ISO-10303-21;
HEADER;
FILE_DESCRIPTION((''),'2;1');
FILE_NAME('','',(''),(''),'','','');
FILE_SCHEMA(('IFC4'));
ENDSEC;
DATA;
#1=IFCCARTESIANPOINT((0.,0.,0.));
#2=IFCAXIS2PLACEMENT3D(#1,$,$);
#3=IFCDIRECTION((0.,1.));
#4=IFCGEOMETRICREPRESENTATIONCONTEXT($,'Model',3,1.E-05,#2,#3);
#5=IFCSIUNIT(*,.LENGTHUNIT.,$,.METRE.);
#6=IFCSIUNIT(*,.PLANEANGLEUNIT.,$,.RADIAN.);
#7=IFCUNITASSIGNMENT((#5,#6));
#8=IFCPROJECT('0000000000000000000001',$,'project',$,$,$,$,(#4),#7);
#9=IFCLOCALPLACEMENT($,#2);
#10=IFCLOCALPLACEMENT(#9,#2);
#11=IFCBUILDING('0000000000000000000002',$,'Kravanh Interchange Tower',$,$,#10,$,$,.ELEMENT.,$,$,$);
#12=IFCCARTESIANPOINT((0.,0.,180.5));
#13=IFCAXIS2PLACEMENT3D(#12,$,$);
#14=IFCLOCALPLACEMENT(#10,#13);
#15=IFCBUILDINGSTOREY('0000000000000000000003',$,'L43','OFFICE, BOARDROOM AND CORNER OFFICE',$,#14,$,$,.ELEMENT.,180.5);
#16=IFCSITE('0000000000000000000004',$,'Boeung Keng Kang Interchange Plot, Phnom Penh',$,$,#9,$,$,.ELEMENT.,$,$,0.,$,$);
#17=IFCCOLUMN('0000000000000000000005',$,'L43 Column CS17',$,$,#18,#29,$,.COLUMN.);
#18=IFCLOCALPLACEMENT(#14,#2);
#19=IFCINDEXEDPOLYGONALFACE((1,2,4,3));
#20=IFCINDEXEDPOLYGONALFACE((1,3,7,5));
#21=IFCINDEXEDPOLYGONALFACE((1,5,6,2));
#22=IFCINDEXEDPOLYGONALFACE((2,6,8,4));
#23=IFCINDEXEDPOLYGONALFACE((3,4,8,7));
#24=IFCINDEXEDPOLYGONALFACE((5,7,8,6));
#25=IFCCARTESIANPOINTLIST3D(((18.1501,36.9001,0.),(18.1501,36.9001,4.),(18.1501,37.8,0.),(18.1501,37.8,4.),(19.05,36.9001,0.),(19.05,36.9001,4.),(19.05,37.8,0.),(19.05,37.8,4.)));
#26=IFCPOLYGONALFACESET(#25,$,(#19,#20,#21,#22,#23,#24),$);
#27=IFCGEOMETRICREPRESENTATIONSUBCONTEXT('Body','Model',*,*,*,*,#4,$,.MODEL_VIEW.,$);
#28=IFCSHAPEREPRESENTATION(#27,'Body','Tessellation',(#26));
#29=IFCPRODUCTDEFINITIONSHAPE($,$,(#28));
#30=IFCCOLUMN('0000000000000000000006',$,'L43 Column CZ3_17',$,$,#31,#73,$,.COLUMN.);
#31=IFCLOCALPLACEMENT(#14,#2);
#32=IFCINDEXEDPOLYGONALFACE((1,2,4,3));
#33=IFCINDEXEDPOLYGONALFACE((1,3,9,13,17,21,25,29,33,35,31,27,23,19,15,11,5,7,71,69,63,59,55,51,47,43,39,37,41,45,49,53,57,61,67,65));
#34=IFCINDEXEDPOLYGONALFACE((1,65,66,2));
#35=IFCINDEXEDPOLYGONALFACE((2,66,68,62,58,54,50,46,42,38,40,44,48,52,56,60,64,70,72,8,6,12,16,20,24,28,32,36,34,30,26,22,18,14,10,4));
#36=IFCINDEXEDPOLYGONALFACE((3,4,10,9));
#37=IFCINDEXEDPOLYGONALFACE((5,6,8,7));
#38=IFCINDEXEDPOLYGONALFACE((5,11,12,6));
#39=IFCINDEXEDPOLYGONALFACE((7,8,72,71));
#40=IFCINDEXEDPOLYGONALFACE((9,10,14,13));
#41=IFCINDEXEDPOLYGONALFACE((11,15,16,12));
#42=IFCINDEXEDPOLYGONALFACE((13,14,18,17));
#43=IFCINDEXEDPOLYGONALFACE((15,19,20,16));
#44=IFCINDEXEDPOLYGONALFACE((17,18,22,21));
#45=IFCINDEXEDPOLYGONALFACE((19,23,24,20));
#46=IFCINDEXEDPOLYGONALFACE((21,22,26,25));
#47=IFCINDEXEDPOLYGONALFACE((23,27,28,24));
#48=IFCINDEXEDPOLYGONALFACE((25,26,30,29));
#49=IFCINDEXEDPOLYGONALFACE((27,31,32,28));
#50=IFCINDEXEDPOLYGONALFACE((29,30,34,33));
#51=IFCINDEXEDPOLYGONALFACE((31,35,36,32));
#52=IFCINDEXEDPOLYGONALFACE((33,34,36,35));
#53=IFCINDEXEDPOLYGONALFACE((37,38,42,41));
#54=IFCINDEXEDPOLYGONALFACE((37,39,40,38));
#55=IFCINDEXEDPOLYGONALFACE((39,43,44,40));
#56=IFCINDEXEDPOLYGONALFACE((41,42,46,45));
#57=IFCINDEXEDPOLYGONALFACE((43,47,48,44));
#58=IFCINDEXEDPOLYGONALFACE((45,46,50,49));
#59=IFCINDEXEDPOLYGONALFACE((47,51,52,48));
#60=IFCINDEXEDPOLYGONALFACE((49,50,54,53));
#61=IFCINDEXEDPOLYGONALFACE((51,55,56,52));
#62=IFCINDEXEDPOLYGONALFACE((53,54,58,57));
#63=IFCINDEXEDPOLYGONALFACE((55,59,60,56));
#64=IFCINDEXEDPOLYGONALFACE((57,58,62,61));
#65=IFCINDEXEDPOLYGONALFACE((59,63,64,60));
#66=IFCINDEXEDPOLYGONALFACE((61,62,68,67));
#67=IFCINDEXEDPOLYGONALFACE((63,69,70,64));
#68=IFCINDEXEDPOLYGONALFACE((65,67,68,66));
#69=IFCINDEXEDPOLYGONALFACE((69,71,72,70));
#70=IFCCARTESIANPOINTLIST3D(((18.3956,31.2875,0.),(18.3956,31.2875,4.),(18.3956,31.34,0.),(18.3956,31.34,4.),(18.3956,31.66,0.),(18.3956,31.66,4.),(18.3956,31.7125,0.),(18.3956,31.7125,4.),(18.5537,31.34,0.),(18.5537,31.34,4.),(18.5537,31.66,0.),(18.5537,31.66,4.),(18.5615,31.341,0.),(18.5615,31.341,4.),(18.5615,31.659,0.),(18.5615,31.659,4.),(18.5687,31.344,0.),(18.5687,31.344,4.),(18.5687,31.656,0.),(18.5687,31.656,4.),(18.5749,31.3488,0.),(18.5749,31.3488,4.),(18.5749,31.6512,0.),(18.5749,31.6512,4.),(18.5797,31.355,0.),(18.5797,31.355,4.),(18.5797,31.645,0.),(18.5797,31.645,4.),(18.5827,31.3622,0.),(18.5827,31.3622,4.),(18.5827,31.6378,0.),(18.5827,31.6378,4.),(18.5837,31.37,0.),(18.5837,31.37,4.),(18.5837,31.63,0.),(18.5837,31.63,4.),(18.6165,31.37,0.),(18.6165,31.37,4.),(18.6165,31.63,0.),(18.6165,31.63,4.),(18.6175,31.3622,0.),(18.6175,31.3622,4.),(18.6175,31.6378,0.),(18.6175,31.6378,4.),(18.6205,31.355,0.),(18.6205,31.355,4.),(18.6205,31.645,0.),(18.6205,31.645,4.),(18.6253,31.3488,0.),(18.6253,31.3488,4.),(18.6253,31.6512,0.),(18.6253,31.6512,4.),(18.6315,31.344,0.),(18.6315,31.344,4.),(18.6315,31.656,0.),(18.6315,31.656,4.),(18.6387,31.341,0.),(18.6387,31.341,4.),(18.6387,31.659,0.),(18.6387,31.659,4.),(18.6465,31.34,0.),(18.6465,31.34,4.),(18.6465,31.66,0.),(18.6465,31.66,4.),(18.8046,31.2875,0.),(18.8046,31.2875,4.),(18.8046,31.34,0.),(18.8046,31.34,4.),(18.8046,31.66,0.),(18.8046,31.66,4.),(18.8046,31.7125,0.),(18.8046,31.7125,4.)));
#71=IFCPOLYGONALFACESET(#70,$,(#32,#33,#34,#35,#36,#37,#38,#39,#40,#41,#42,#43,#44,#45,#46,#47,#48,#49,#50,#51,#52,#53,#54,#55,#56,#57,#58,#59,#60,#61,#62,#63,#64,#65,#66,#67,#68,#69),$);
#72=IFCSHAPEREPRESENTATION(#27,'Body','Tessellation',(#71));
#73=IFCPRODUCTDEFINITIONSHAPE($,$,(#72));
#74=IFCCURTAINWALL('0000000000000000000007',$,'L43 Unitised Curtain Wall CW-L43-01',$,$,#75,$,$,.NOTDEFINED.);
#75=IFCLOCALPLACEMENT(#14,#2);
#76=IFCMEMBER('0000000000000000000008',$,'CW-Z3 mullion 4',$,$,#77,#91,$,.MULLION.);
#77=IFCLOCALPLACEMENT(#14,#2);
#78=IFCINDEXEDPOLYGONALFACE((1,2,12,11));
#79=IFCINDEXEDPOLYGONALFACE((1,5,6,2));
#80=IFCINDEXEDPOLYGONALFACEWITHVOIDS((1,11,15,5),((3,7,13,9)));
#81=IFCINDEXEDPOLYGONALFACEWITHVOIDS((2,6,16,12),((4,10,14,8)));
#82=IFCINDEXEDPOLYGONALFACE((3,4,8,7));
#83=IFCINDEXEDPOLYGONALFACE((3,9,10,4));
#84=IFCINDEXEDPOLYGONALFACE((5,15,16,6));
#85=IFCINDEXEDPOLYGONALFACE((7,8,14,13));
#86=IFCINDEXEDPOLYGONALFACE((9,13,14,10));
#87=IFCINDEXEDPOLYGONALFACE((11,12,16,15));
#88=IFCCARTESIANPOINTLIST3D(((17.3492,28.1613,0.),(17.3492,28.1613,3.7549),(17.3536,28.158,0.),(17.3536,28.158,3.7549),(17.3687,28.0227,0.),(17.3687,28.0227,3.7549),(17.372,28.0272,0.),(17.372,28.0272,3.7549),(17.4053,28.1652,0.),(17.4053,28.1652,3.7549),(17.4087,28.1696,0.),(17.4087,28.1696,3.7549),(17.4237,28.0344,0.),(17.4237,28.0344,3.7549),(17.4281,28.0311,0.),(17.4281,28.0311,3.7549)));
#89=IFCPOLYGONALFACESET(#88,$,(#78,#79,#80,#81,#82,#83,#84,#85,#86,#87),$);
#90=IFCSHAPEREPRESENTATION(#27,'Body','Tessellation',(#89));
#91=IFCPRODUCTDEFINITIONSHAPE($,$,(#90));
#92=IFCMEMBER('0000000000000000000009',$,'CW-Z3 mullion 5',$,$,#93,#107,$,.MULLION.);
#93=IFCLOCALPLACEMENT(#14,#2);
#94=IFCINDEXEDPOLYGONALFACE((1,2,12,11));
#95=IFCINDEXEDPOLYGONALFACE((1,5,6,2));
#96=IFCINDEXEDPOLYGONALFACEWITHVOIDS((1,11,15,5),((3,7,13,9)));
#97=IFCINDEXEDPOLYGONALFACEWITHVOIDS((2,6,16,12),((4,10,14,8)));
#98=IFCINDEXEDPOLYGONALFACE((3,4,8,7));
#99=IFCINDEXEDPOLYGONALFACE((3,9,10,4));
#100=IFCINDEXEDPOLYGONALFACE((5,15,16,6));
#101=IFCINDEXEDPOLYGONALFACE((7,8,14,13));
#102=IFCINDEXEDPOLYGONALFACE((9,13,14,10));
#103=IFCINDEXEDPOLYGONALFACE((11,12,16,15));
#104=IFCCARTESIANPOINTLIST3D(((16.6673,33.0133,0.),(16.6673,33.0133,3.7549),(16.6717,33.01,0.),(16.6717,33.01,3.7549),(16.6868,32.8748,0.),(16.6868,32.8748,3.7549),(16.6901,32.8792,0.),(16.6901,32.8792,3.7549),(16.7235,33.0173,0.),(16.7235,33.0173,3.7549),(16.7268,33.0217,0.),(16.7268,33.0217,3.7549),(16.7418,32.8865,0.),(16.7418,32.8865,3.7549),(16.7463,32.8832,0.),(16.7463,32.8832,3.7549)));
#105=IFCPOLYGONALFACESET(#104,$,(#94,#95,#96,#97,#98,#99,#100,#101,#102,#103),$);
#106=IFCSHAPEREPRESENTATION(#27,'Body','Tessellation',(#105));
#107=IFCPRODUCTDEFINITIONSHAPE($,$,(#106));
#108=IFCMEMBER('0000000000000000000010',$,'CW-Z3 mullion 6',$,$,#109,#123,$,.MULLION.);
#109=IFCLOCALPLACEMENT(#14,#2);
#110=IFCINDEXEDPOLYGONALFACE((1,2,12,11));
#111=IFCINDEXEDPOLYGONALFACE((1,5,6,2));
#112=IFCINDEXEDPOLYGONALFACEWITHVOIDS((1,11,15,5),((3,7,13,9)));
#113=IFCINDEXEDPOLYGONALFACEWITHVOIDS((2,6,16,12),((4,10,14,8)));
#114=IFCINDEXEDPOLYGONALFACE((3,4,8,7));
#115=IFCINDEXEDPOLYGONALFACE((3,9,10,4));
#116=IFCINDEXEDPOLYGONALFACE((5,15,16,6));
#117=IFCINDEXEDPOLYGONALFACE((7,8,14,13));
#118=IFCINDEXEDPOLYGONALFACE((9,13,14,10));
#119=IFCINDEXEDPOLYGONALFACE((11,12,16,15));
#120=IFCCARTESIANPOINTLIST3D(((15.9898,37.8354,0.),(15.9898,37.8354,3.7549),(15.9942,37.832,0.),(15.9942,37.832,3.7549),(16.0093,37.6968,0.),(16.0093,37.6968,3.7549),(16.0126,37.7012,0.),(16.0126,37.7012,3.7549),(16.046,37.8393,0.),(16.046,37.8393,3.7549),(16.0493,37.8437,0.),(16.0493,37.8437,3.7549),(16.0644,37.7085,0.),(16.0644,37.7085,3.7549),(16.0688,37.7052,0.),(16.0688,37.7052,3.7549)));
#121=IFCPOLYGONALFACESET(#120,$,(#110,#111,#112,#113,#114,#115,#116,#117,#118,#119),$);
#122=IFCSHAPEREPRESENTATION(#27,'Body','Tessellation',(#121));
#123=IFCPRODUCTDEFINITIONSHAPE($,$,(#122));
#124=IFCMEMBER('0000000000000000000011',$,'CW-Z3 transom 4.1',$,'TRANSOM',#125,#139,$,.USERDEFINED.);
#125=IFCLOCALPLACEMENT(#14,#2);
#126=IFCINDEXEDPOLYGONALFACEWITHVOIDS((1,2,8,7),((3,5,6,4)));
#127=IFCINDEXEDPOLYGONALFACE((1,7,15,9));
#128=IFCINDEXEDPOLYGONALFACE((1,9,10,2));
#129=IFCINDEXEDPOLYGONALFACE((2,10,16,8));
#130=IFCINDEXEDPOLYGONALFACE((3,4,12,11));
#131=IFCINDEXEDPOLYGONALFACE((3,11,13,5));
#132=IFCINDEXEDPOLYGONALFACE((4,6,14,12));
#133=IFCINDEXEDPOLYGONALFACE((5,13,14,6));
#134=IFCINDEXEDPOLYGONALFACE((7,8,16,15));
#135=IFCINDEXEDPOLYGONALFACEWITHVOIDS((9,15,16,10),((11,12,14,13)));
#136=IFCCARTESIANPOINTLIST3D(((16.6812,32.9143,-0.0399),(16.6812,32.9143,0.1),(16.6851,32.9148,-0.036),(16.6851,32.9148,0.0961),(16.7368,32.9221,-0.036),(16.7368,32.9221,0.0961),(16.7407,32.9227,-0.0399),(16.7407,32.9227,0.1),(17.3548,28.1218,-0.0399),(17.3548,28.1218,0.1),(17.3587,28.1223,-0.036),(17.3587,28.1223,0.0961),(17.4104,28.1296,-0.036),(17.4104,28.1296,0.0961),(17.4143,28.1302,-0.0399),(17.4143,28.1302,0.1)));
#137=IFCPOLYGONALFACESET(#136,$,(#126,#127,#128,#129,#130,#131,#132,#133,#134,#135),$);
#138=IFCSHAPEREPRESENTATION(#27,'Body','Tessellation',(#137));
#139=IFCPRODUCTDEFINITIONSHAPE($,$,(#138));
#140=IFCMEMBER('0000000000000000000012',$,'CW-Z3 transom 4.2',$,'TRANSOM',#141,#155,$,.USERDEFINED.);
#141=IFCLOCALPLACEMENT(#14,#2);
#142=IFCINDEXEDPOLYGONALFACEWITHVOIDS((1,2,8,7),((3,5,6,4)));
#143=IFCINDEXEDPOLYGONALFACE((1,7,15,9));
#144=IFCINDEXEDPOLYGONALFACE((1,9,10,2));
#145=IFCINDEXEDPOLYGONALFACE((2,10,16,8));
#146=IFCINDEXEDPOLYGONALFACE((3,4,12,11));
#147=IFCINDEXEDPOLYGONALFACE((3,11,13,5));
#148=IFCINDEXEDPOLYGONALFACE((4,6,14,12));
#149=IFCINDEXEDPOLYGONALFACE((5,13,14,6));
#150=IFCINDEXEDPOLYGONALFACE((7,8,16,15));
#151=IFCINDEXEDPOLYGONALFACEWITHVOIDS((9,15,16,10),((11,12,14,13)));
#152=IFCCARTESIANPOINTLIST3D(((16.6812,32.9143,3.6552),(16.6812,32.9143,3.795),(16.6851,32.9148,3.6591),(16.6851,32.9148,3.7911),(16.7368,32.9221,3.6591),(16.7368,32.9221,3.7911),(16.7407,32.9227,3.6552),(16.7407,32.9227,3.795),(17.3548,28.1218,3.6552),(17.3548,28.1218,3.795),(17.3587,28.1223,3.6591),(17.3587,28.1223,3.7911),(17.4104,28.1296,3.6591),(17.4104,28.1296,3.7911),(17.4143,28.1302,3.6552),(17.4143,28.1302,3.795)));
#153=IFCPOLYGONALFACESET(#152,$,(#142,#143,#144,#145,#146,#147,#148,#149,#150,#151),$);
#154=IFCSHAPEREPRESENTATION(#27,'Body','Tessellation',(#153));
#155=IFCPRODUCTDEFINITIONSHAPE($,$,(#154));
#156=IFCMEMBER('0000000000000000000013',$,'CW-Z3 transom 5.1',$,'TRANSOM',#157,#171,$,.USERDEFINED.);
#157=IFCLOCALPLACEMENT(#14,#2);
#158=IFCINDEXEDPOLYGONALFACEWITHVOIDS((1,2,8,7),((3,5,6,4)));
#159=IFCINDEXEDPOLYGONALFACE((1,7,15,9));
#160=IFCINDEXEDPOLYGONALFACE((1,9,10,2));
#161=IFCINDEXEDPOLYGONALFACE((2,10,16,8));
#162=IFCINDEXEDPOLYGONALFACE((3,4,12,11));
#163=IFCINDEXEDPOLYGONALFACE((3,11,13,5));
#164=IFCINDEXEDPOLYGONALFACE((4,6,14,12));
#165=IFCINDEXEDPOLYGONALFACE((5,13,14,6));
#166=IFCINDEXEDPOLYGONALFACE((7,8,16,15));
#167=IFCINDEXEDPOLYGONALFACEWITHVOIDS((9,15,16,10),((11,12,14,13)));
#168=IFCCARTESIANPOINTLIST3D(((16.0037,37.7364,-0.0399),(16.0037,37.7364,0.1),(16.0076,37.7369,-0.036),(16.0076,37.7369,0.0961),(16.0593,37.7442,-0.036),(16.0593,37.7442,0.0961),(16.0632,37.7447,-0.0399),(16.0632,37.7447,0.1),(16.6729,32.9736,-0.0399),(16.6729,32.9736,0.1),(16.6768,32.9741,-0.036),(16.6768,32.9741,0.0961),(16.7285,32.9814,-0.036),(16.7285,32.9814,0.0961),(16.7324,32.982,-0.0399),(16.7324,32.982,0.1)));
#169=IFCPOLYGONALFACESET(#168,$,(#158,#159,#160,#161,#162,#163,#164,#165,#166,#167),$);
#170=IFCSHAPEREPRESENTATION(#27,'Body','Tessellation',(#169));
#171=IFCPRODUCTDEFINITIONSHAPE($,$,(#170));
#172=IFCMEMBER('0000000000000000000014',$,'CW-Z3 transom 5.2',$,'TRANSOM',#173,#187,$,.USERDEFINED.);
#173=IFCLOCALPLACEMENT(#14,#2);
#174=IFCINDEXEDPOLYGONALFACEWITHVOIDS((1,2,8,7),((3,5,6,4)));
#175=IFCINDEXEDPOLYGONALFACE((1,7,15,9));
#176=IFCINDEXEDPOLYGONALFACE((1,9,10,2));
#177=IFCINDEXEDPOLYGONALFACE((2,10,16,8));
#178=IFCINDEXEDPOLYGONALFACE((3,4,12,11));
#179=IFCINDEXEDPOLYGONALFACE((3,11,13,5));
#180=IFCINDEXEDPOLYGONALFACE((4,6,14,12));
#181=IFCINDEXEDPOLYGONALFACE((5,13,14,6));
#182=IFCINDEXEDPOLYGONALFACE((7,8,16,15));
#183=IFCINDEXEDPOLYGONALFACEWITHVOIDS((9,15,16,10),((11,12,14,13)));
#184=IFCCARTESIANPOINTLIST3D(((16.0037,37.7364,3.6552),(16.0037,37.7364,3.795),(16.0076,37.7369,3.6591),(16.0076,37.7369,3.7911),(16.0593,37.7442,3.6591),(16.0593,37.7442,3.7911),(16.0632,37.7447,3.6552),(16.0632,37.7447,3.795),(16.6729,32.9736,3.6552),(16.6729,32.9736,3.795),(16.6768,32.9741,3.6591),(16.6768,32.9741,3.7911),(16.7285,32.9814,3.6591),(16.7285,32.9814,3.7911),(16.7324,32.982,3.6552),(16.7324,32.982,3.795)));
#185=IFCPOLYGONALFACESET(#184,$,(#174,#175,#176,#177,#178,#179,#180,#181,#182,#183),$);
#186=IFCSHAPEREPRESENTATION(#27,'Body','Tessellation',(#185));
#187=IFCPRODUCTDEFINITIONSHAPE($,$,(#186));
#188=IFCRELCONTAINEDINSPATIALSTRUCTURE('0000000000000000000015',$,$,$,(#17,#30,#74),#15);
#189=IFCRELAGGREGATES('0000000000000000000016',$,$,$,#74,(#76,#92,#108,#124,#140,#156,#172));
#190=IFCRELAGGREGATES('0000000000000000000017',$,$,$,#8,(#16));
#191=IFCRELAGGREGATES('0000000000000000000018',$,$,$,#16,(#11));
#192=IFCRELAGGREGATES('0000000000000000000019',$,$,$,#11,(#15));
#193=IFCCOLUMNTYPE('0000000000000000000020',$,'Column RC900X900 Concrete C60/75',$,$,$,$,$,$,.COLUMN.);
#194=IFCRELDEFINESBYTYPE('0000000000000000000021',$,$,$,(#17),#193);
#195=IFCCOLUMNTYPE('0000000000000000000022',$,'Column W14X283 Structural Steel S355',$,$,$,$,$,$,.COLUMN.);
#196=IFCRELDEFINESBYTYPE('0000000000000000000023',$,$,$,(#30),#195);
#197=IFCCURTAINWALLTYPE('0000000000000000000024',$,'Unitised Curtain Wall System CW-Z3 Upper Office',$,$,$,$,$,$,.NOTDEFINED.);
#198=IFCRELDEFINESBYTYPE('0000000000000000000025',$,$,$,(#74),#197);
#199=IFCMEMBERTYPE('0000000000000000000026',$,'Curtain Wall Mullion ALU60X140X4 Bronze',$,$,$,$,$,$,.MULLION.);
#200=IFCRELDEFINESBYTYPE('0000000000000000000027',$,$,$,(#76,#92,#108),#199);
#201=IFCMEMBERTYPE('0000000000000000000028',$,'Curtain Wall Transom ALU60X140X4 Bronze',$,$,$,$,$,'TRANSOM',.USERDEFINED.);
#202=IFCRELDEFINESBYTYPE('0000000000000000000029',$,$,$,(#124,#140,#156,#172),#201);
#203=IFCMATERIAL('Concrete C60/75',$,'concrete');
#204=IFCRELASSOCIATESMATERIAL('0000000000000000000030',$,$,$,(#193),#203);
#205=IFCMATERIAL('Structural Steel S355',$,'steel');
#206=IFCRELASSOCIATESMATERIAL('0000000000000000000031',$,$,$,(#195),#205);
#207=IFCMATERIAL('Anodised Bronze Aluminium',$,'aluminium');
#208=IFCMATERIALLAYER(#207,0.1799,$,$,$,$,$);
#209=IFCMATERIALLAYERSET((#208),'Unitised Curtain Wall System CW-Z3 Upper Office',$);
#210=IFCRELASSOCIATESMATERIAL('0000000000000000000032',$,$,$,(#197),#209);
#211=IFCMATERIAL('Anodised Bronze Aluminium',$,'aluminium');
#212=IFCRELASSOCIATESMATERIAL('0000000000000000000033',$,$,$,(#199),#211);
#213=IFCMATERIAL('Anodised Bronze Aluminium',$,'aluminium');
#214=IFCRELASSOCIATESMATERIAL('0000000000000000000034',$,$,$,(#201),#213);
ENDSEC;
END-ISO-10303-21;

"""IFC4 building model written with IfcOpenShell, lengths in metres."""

from ifc_helpers import new_model, si_unit, direction, frame, origin, origin_2d, place, context, subcontext, project, spatial, rectangle, hollow_rectangle, i_section, extrude, material, layer, layer_set, material_profile, profile_set, type_object, element, aggregate, save


model = new_model("IFC4")

# Units and contexts
model_context = context("Model", 3, precision=1e-05, world=origin(), true_north=direction((0.0, 1.0)))
body_context = subcontext(model_context, "Body", "Model", "MODEL_VIEW")
ifc_project = project(units=[si_unit("LENGTHUNIT", "METRE"), si_unit("PLANEANGLEUNIT", "RADIAN")], contexts=[model_context])

# Site, building, storey
site_placement = place(None, origin())
site = spatial("IfcSite", under=ifc_project, at=site_placement, Name="Boeung Keng Kang Interchange Plot, Phnom Penh", CompositionType="ELEMENT", RefElevation=0.0)
building_placement = place(site_placement, origin())
building = spatial("IfcBuilding", under=site, at=building_placement, Name="Kravanh Interchange Tower", CompositionType="ELEMENT")
storey_placement = place(building_placement, frame((0.0, 0.0, 180.5)))
storey = spatial("IfcBuildingStorey", under=building, at=storey_placement, Name="L43", Description="OFFICE, BOARDROOM AND CORNER OFFICE", CompositionType="ELEMENT", Elevation=180.5)

# Columns
ifc_material_1 = material(Name="Concrete C60/75", Category="concrete")
ifc_material_profile_1 = material_profile(ifc_material_1, rectangle(XDim=0.8999, YDim=0.8999, at=origin_2d()), Name="RC900X900")
ifc_profile_set_1 = profile_set([ifc_material_profile_1], Name="Concrete C60/75")
column_type_1 = type_object("IfcColumnType", Name="Column RC900X900 Concrete C60/75", PredefinedType="COLUMN", material=ifc_profile_set_1)
column_1_placement = place(storey_placement, frame((18.6001, 37.3501, 0.0), z_axis=(0.0, 0.0, 1.0), x_axis=(1.0, 0.0, 0.0)))
element("IfcColumn", 1, at=column_1_placement, inside=storey, type_object=column_type_1, Name="L43 Column CS17", PredefinedType="COLUMN", context=body_context, shape_type="SweptSolid", body=[
    extrude(rectangle(XDim=0.8999, YDim=0.8999, at=origin_2d()), origin(), (0.0, 0.0, 1.0), 4.0),
])
ifc_material_2 = material(Name="Structural Steel S355", Category="steel")
ifc_material_profile_2 = material_profile(ifc_material_2, i_section(OverallWidth=0.4089, OverallDepth=0.425, WebThickness=0.0327, FlangeThickness=0.0525, FilletRadius=0.03, at=origin_2d()), Name="W14X283")
ifc_profile_set_2 = profile_set([ifc_material_profile_2], Name="Structural Steel S355")
column_type_2 = type_object("IfcColumnType", Name="Column W14X283 Structural Steel S355", PredefinedType="COLUMN", material=ifc_profile_set_2)
column_2_placement = place(storey_placement, frame((18.6001, 31.5, 0.0), z_axis=(0.0, 0.0, 1.0), x_axis=(1.0, 0.0, 0.0)))
element("IfcColumn", 2, at=column_2_placement, inside=storey, type_object=column_type_2, Name="L43 Column CZ3_17", PredefinedType="COLUMN", context=body_context, shape_type="SweptSolid", body=[
    extrude(i_section(OverallWidth=0.4089, OverallDepth=0.425, WebThickness=0.0327, FlangeThickness=0.0525, FilletRadius=0.03, at=origin_2d()), origin(), (0.0, 0.0, 1.0), 4.0),
])

# Curtain wall, members
ifc_material_3 = material(Name="Anodised Bronze Aluminium", Category="aluminium")
ifc_layer_1 = layer(ifc_material_3, 0.1799)
ifc_layer_set_1 = layer_set([ifc_layer_1], Name="Unitised Curtain Wall System CW-Z3 Upper Office")
curtain_wall_type = type_object("IfcCurtainWallType", Name="Unitised Curtain Wall System CW-Z3 Upper Office", PredefinedType="NOTDEFINED", material=ifc_layer_set_1)
curtain_wall_placement = place(storey_placement, origin())
curtain_wall = element("IfcCurtainWall", 3, at=curtain_wall_placement, inside=storey, type_object=curtain_wall_type, Name="L43 Unitised Curtain Wall CW-L43-01", PredefinedType="NOTDEFINED")
ifc_material_4 = material(Name="Anodised Bronze Aluminium", Category="aluminium")
ifc_material_profile_3 = material_profile(ifc_material_4, hollow_rectangle(XDim=0.0601, YDim=0.1399, WallThickness=0.0039, at=origin_2d()), Name="ALU60X140X4")
ifc_profile_set_3 = profile_set([ifc_material_profile_3], Name="Anodised Bronze Aluminium")
member_type_1 = type_object("IfcMemberType", Name="Curtain Wall Mullion ALU60X140X4 Bronze", PredefinedType="MULLION", material=ifc_profile_set_3)
member_1_placement = place(storey_placement, frame((17.3887, 28.0962, 0.0), z_axis=(0.0, 0.0, 1.0), x_axis=(-0.990268, -0.139172, 0.0)))
member_1 = element("IfcMember", 4, at=member_1_placement, type_object=member_type_1, Name="CW-Z3 mullion 4", PredefinedType="MULLION", context=body_context, shape_type="SweptSolid", body=[
    extrude(hollow_rectangle(XDim=0.0601, YDim=0.1399, WallThickness=0.0039, at=origin_2d()), origin(), (0.0, 0.0, 1.0), 3.7549),
])
member_2_placement = place(storey_placement, frame((16.7068, 32.9482, 0.0), z_axis=(0.0, 0.0, 1.0), x_axis=(-0.990268, -0.139172, 0.0)))
member_2 = element("IfcMember", 5, at=member_2_placement, type_object=member_type_1, Name="CW-Z3 mullion 5", PredefinedType="MULLION", context=body_context, shape_type="SweptSolid", body=[
    extrude(hollow_rectangle(XDim=0.0601, YDim=0.1399, WallThickness=0.0039, at=origin_2d()), origin(), (0.0, 0.0, 1.0), 3.7549),
])
member_3_placement = place(storey_placement, frame((16.0293, 37.7703, 0.0), z_axis=(0.0, 0.0, 1.0), x_axis=(-0.990268, -0.139172, 0.0)))
member_3 = element("IfcMember", 6, at=member_3_placement, type_object=member_type_1, Name="CW-Z3 mullion 6", PredefinedType="MULLION", context=body_context, shape_type="SweptSolid", body=[
    extrude(hollow_rectangle(XDim=0.0601, YDim=0.1399, WallThickness=0.0039, at=origin_2d()), origin(), (0.0, 0.0, 1.0), 3.7549),
])
ifc_material_5 = material(Name="Anodised Bronze Aluminium", Category="aluminium")
ifc_material_profile_4 = material_profile(ifc_material_5, hollow_rectangle(XDim=0.0601, YDim=0.1399, WallThickness=0.0039, at=origin_2d()), Name="ALU60X140X4")
ifc_profile_set_4 = profile_set([ifc_material_profile_4], Name="Anodised Bronze Aluminium")
member_type_2 = type_object("IfcMemberType", Name="Curtain Wall Transom ALU60X140X4 Bronze", ElementType="TRANSOM", PredefinedType="USERDEFINED", material=ifc_profile_set_4)
member_4_placement = place(storey_placement, frame((17.3845, 28.126, 0.03), z_axis=(-0.139182, 0.990267, 0.0), x_axis=(-0.990267, -0.139182, 0.0)))
member_4 = element("IfcMember", 7, at=member_4_placement, type_object=member_type_2, Name="CW-Z3 transom 4.1", ObjectType="TRANSOM", PredefinedType="USERDEFINED", context=body_context, shape_type="SweptSolid", body=[
    extrude(hollow_rectangle(XDim=0.0601, YDim=0.1399, WallThickness=0.0039, at=origin_2d()), origin(), (0.0, 0.0, 1.0), 4.8396),
])
member_5_placement = place(storey_placement, frame((17.3845, 28.126, 3.7251), z_axis=(-0.139182, 0.990267, 0.0), x_axis=(-0.990267, -0.139182, 0.0)))
member_5 = element("IfcMember", 8, at=member_5_placement, type_object=member_type_2, Name="CW-Z3 transom 4.2", ObjectType="TRANSOM", PredefinedType="USERDEFINED", context=body_context, shape_type="SweptSolid", body=[
    extrude(hollow_rectangle(XDim=0.0601, YDim=0.1399, WallThickness=0.0039, at=origin_2d()), origin(), (0.0, 0.0, 1.0), 4.8396),
])
member_6_placement = place(storey_placement, frame((16.7026, 32.9778, 0.03), z_axis=(-0.13914, 0.990273, 0.0), x_axis=(-0.990273, -0.13914, 0.0)))
member_6 = element("IfcMember", 9, at=member_6_placement, type_object=member_type_2, Name="CW-Z3 transom 5.1", ObjectType="TRANSOM", PredefinedType="USERDEFINED", context=body_context, shape_type="SweptSolid", body=[
    extrude(hollow_rectangle(XDim=0.0601, YDim=0.1399, WallThickness=0.0039, at=origin_2d()), origin(), (0.0, 0.0, 1.0), 4.8096),
])
member_7_placement = place(storey_placement, frame((16.7026, 32.9778, 3.7251), z_axis=(-0.13914, 0.990273, 0.0), x_axis=(-0.990273, -0.13914, 0.0)))
member_7 = element("IfcMember", 10, at=member_7_placement, type_object=member_type_2, Name="CW-Z3 transom 5.2", ObjectType="TRANSOM", PredefinedType="USERDEFINED", context=body_context, shape_type="SweptSolid", body=[
    extrude(hollow_rectangle(XDim=0.0601, YDim=0.1399, WallThickness=0.0039, at=origin_2d()), origin(), (0.0, 0.0, 1.0), 4.8096),
])

aggregate(curtain_wall, [member_1, member_2, member_3, member_4, member_5, member_6, member_7])

save(model, "model.ifc")
